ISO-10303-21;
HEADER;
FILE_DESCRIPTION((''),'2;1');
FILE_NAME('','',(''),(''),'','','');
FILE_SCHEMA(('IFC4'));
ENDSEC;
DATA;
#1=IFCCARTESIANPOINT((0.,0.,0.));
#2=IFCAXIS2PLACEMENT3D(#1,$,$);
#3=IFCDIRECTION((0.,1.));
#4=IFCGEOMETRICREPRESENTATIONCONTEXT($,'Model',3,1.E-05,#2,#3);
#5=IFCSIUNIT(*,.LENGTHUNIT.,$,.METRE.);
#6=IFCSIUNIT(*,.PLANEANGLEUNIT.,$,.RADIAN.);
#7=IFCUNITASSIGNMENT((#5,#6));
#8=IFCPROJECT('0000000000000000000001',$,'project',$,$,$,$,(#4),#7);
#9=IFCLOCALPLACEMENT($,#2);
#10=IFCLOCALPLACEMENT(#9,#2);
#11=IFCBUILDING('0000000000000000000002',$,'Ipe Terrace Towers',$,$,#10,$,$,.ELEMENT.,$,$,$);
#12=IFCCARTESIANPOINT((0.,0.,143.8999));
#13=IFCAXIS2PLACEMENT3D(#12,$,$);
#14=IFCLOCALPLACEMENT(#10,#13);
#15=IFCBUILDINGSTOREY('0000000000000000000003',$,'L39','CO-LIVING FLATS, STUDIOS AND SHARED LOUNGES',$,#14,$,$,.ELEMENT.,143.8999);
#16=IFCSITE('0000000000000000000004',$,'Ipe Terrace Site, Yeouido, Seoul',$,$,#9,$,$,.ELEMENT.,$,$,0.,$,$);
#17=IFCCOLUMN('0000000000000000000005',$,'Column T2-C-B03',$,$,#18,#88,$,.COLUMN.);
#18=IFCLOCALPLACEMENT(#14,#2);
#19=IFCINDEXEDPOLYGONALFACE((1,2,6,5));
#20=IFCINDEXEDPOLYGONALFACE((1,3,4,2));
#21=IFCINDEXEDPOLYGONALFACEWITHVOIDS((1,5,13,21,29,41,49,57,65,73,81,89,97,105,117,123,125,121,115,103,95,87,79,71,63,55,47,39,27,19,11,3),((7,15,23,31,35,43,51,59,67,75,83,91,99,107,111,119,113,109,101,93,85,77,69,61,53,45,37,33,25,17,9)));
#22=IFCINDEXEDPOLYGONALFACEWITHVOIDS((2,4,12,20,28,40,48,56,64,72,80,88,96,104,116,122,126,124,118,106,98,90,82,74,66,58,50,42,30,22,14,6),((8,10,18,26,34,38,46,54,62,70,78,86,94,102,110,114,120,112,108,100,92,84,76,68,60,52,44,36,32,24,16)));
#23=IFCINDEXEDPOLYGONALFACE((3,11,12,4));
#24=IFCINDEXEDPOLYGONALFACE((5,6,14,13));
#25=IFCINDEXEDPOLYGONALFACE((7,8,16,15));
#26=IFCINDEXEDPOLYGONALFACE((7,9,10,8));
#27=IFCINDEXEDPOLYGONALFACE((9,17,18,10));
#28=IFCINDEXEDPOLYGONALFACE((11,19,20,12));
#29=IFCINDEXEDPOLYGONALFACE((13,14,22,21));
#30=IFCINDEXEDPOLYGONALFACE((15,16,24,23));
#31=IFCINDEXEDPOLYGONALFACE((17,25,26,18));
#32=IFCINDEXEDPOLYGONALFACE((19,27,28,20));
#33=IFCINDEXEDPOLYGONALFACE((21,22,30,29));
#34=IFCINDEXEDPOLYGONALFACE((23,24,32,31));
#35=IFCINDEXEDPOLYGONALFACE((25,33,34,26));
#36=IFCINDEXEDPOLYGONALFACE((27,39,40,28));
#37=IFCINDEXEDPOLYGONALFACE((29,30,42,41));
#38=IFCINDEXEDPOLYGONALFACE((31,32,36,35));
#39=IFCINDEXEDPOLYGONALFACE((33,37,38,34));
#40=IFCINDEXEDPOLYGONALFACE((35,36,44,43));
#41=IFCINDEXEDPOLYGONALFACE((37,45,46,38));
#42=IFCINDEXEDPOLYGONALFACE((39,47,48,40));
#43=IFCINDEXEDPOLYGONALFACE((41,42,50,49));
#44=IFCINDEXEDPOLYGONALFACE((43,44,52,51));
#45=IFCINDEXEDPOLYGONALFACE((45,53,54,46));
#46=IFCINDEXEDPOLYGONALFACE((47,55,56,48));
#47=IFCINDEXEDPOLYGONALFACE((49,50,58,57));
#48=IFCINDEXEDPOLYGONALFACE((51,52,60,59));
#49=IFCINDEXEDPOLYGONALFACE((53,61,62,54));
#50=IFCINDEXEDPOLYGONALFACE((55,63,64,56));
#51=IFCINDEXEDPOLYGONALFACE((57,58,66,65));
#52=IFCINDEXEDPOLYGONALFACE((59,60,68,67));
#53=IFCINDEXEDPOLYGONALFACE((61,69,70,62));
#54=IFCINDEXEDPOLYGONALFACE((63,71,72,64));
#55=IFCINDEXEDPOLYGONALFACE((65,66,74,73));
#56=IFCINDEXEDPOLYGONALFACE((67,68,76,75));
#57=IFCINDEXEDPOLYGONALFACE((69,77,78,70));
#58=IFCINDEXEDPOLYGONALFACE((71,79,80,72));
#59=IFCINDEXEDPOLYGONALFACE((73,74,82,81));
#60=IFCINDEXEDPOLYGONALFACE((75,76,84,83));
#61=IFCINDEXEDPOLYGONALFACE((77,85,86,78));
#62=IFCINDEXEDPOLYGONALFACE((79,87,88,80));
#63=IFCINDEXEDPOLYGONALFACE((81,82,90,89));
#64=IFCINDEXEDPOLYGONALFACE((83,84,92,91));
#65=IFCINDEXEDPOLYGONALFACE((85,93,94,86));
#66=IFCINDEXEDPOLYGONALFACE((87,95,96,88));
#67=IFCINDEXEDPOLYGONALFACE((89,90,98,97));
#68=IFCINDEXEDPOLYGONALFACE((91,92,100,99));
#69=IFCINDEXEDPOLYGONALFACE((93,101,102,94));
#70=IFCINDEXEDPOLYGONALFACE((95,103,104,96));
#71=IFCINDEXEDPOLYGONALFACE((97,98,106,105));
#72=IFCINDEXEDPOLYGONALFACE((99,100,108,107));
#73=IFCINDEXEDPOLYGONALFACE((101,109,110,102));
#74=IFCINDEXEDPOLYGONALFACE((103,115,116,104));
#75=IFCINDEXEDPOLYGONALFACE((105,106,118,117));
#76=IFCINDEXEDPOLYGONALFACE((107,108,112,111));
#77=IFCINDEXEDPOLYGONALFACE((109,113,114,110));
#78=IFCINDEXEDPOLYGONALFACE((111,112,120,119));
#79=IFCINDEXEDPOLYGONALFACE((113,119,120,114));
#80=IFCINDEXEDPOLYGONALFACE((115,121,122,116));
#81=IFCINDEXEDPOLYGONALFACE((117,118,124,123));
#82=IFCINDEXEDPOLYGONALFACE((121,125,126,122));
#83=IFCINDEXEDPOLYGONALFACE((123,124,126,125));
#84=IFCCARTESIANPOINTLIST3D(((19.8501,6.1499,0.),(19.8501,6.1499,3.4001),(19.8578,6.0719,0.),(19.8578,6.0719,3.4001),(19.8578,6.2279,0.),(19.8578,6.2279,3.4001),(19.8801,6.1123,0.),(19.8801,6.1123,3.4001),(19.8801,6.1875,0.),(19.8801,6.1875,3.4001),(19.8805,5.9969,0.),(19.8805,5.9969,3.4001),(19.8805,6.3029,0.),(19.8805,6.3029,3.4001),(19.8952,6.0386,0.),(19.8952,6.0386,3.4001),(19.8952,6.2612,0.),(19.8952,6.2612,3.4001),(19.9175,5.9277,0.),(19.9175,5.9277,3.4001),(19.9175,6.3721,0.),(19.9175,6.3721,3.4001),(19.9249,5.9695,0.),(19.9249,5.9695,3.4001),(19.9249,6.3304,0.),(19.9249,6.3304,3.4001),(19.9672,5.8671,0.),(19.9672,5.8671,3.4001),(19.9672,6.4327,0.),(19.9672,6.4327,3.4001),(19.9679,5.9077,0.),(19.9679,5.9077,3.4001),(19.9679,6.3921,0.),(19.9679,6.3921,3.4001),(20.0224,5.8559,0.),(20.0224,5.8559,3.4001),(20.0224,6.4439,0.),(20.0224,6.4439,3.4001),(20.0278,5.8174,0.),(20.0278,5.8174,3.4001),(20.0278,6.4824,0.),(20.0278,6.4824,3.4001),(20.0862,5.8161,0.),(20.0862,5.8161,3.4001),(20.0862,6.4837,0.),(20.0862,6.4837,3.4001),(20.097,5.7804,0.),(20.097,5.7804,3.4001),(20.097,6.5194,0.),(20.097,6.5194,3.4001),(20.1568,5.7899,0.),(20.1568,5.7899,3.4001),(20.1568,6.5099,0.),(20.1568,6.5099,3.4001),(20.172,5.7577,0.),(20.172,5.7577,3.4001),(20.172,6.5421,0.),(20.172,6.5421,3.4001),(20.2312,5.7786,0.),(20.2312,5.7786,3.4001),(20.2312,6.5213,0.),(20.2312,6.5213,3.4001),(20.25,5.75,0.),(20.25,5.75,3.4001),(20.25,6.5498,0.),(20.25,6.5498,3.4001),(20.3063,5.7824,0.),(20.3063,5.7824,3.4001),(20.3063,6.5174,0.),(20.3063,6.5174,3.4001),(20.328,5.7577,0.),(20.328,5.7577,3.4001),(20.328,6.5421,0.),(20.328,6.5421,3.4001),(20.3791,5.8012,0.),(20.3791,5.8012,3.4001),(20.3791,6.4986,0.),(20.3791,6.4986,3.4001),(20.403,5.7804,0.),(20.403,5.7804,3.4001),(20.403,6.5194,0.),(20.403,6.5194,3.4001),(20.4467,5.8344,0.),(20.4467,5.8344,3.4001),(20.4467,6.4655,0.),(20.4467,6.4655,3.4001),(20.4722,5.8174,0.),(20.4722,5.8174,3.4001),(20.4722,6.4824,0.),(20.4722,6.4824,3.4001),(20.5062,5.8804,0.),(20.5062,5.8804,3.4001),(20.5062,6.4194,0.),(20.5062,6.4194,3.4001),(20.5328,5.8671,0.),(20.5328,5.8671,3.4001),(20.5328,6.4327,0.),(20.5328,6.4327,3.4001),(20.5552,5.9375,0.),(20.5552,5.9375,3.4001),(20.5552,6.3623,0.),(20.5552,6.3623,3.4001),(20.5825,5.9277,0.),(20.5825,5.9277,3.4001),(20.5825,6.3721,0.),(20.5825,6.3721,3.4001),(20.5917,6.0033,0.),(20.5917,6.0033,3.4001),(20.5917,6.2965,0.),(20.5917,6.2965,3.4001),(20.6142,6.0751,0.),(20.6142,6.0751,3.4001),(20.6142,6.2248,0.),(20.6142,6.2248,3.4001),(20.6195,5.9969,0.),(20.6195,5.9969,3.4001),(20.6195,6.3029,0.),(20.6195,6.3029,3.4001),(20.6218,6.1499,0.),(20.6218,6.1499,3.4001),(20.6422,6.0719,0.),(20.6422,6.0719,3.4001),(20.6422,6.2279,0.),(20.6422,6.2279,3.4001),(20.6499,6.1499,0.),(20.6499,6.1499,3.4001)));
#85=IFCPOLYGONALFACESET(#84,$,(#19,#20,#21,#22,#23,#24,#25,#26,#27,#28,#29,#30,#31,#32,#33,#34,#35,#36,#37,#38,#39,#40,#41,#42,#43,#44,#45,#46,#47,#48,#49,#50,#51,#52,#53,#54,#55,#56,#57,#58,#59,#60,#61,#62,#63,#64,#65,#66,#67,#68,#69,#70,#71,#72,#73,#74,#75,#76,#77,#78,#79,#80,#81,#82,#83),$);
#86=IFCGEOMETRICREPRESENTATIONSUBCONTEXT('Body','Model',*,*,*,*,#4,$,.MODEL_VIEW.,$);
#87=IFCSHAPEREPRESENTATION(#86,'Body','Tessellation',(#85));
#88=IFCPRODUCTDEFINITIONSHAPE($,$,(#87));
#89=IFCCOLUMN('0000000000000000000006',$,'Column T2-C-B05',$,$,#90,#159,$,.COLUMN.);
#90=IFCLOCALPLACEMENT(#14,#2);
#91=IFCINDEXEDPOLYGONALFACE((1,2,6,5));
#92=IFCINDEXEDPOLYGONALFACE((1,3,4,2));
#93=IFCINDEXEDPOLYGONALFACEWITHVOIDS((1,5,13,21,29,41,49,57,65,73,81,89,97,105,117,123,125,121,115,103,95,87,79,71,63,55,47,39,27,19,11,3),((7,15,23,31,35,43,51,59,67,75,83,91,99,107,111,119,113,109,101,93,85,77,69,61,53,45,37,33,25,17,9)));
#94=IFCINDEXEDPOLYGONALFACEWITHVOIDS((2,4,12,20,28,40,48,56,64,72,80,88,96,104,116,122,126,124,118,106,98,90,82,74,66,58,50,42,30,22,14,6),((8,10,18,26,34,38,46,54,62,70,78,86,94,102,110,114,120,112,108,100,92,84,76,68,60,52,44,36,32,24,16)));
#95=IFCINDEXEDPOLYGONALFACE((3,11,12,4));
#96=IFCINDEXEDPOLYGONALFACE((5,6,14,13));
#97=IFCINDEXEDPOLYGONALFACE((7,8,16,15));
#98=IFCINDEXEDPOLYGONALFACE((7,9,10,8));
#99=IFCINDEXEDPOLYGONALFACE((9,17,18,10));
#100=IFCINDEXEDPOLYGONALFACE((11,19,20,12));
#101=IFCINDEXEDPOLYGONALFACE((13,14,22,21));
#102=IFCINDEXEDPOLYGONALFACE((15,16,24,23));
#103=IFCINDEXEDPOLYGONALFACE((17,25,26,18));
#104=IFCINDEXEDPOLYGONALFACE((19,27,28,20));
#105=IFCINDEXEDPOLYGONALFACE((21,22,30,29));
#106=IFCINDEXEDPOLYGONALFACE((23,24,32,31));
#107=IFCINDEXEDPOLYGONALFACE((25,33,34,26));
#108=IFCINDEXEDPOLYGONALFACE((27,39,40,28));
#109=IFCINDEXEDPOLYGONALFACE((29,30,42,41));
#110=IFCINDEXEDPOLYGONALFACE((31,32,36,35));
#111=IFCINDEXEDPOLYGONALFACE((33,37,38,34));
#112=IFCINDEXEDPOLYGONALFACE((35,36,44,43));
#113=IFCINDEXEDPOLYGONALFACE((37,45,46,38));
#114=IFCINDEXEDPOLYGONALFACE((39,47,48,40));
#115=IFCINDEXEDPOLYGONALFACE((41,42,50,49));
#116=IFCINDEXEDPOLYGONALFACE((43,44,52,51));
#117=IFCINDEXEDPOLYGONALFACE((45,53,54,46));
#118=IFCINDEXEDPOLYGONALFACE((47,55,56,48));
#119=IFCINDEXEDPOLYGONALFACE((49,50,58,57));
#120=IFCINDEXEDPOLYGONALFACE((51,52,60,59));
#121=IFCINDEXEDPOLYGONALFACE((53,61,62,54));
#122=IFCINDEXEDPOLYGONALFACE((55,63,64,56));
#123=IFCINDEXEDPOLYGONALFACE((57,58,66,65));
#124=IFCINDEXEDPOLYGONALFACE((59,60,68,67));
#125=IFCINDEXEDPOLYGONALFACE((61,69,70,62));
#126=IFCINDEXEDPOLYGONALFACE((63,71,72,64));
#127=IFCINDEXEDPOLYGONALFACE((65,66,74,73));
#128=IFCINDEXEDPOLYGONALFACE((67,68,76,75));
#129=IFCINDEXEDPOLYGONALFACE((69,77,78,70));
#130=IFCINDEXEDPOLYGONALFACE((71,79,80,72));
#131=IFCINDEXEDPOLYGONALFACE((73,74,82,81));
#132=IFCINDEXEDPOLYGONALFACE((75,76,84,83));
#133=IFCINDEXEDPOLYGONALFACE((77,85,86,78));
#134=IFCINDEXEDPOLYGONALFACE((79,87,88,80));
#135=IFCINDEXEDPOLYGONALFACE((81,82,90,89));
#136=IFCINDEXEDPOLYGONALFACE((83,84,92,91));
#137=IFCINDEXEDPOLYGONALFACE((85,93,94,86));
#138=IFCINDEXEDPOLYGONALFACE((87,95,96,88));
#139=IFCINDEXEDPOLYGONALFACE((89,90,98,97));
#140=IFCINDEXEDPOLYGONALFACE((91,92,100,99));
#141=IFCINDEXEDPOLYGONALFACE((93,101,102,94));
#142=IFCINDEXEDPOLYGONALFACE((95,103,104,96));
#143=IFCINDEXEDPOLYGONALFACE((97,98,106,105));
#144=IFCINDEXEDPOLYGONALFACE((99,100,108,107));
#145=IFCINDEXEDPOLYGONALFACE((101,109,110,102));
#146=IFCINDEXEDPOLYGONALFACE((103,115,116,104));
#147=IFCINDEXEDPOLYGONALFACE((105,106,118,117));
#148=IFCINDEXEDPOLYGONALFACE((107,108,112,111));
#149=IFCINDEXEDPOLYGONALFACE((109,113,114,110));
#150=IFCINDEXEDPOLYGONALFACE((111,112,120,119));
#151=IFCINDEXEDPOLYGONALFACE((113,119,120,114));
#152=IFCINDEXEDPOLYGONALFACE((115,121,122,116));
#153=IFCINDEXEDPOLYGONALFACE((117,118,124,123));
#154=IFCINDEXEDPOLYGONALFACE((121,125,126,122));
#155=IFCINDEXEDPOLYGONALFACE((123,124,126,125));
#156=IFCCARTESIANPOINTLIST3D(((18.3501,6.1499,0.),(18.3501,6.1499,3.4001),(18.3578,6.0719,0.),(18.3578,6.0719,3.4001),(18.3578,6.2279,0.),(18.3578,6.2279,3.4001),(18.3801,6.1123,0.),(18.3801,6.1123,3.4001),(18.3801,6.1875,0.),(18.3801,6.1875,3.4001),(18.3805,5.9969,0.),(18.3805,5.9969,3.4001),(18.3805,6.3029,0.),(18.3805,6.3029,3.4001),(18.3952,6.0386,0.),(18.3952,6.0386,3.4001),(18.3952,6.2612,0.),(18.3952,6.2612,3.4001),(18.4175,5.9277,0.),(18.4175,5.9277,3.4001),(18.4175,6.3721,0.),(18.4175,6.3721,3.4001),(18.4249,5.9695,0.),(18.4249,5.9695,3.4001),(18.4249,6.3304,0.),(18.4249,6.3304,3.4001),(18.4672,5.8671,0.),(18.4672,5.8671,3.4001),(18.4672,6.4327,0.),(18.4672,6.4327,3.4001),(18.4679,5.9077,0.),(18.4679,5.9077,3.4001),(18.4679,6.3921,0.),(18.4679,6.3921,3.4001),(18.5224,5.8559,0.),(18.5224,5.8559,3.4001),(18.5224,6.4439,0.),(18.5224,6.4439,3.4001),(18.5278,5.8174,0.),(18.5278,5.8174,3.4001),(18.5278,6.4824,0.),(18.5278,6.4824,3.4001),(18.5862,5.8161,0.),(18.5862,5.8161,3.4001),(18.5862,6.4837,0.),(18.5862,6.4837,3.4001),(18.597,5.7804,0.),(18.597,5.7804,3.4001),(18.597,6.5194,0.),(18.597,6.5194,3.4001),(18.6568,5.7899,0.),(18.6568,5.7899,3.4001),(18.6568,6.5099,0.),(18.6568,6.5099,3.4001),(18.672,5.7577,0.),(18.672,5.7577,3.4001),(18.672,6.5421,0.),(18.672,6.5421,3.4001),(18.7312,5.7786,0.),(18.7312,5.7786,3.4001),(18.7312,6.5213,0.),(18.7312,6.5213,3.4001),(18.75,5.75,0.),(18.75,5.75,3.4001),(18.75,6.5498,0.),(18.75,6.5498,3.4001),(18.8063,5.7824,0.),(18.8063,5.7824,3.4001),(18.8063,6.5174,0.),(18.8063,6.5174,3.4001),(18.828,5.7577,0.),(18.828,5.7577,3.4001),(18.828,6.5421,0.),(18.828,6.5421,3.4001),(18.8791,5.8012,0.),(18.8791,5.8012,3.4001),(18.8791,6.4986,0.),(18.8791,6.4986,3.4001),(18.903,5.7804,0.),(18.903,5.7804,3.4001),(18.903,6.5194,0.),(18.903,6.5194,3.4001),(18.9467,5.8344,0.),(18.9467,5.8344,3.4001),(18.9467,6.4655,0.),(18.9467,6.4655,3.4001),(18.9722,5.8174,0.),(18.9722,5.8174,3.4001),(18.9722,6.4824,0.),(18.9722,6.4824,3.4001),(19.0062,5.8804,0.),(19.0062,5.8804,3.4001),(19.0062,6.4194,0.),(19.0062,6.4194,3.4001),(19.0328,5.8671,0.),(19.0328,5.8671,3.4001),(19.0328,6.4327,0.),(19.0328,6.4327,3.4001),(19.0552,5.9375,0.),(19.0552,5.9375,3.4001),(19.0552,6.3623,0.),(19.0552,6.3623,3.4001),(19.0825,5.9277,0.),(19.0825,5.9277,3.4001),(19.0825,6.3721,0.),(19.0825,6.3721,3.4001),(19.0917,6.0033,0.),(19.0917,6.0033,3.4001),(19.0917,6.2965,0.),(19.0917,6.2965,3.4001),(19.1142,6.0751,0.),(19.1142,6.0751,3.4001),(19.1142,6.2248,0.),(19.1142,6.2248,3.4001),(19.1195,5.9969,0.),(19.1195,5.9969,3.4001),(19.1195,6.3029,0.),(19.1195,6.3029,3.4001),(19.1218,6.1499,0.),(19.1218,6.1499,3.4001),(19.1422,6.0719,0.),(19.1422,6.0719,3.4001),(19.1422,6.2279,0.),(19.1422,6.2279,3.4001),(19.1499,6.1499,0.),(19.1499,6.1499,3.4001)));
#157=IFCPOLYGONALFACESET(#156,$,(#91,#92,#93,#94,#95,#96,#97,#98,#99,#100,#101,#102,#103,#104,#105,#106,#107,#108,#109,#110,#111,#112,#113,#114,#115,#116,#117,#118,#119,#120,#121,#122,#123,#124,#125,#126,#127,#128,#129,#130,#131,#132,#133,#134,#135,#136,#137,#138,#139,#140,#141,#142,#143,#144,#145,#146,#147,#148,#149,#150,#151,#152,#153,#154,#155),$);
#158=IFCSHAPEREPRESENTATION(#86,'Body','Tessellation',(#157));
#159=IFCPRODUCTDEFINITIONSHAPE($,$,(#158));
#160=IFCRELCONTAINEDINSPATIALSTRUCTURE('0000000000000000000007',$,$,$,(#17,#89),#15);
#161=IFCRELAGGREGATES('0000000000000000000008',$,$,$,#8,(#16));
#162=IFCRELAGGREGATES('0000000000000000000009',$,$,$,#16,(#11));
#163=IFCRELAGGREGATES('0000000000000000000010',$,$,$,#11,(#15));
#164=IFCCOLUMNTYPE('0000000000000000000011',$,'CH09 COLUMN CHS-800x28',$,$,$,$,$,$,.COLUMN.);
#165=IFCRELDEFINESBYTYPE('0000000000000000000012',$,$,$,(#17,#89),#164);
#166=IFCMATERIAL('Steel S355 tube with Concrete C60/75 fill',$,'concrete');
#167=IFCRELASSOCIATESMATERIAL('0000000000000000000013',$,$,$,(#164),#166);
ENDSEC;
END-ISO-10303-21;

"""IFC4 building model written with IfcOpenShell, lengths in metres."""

from ifc_helpers import new_model, si_unit, direction, frame, origin, origin_2d, place, context, subcontext, project, spatial, hollow_circle, extrude, material, material_profile, profile_set, type_object, element, save


model = new_model("IFC4")

# Units and contexts
model_context = context("Model", 3, precision=1e-05, world=origin(), true_north=direction((0.0, 1.0)))
body_context = subcontext(model_context, "Body", "Model", "MODEL_VIEW")
ifc_project = project(units=[si_unit("LENGTHUNIT", "METRE"), si_unit("PLANEANGLEUNIT", "RADIAN")], contexts=[model_context])

# Site, building, storey
site_placement = place(None, origin())
site = spatial("IfcSite", under=ifc_project, at=site_placement, Name="Ipe Terrace Site, Yeouido, Seoul", CompositionType="ELEMENT", RefElevation=0.0)
building_placement = place(site_placement, origin())
building = spatial("IfcBuilding", under=site, at=building_placement, Name="Ipe Terrace Towers", CompositionType="ELEMENT")
storey_placement = place(building_placement, frame((0.0, 0.0, 143.8999)))
storey = spatial("IfcBuildingStorey", under=building, at=storey_placement, Name="L39", Description="CO-LIVING FLATS, STUDIOS AND SHARED LOUNGES", CompositionType="ELEMENT", Elevation=143.8999)

# Columns
ifc_material_1 = material(Name="Steel S355 tube with Concrete C60/75 fill", Category="concrete")
ifc_material_profile_1 = material_profile(ifc_material_1, hollow_circle(Radius=0.3999, WallThickness=0.0281, at=origin_2d()), Name="CHS-800x28")
ifc_profile_set_1 = profile_set([ifc_material_profile_1], Name="Steel S355 tube with Concrete C60/75 fill")
column_type_1 = type_object("IfcColumnType", Name="CH09 COLUMN CHS-800x28", PredefinedType="COLUMN", material=ifc_profile_set_1)
for number, where, z_axis, x_axis, name in (
    (1, (20.25, 6.1499, 0.0), (0.0, 0.0, 1.0), (1.0, 0.0, 0.0), "Column T2-C-B03"),
    (2, (18.75, 6.1499, 0.0), (0.0, 0.0, 1.0), (1.0, 0.0, 0.0), "Column T2-C-B05"),
):
    element("IfcColumn", number, at=place(storey_placement, frame(where, z_axis=z_axis, x_axis=x_axis)), inside=storey, type_object=column_type_1, Name=name, PredefinedType="COLUMN", context=body_context, shape_type="SweptSolid", body=[
        extrude(hollow_circle(Radius=0.3999, WallThickness=0.0281, at=origin_2d()), origin(), (0.0, 0.0, 1.0), 3.4001),
    ])

save(model, "model.ifc")
